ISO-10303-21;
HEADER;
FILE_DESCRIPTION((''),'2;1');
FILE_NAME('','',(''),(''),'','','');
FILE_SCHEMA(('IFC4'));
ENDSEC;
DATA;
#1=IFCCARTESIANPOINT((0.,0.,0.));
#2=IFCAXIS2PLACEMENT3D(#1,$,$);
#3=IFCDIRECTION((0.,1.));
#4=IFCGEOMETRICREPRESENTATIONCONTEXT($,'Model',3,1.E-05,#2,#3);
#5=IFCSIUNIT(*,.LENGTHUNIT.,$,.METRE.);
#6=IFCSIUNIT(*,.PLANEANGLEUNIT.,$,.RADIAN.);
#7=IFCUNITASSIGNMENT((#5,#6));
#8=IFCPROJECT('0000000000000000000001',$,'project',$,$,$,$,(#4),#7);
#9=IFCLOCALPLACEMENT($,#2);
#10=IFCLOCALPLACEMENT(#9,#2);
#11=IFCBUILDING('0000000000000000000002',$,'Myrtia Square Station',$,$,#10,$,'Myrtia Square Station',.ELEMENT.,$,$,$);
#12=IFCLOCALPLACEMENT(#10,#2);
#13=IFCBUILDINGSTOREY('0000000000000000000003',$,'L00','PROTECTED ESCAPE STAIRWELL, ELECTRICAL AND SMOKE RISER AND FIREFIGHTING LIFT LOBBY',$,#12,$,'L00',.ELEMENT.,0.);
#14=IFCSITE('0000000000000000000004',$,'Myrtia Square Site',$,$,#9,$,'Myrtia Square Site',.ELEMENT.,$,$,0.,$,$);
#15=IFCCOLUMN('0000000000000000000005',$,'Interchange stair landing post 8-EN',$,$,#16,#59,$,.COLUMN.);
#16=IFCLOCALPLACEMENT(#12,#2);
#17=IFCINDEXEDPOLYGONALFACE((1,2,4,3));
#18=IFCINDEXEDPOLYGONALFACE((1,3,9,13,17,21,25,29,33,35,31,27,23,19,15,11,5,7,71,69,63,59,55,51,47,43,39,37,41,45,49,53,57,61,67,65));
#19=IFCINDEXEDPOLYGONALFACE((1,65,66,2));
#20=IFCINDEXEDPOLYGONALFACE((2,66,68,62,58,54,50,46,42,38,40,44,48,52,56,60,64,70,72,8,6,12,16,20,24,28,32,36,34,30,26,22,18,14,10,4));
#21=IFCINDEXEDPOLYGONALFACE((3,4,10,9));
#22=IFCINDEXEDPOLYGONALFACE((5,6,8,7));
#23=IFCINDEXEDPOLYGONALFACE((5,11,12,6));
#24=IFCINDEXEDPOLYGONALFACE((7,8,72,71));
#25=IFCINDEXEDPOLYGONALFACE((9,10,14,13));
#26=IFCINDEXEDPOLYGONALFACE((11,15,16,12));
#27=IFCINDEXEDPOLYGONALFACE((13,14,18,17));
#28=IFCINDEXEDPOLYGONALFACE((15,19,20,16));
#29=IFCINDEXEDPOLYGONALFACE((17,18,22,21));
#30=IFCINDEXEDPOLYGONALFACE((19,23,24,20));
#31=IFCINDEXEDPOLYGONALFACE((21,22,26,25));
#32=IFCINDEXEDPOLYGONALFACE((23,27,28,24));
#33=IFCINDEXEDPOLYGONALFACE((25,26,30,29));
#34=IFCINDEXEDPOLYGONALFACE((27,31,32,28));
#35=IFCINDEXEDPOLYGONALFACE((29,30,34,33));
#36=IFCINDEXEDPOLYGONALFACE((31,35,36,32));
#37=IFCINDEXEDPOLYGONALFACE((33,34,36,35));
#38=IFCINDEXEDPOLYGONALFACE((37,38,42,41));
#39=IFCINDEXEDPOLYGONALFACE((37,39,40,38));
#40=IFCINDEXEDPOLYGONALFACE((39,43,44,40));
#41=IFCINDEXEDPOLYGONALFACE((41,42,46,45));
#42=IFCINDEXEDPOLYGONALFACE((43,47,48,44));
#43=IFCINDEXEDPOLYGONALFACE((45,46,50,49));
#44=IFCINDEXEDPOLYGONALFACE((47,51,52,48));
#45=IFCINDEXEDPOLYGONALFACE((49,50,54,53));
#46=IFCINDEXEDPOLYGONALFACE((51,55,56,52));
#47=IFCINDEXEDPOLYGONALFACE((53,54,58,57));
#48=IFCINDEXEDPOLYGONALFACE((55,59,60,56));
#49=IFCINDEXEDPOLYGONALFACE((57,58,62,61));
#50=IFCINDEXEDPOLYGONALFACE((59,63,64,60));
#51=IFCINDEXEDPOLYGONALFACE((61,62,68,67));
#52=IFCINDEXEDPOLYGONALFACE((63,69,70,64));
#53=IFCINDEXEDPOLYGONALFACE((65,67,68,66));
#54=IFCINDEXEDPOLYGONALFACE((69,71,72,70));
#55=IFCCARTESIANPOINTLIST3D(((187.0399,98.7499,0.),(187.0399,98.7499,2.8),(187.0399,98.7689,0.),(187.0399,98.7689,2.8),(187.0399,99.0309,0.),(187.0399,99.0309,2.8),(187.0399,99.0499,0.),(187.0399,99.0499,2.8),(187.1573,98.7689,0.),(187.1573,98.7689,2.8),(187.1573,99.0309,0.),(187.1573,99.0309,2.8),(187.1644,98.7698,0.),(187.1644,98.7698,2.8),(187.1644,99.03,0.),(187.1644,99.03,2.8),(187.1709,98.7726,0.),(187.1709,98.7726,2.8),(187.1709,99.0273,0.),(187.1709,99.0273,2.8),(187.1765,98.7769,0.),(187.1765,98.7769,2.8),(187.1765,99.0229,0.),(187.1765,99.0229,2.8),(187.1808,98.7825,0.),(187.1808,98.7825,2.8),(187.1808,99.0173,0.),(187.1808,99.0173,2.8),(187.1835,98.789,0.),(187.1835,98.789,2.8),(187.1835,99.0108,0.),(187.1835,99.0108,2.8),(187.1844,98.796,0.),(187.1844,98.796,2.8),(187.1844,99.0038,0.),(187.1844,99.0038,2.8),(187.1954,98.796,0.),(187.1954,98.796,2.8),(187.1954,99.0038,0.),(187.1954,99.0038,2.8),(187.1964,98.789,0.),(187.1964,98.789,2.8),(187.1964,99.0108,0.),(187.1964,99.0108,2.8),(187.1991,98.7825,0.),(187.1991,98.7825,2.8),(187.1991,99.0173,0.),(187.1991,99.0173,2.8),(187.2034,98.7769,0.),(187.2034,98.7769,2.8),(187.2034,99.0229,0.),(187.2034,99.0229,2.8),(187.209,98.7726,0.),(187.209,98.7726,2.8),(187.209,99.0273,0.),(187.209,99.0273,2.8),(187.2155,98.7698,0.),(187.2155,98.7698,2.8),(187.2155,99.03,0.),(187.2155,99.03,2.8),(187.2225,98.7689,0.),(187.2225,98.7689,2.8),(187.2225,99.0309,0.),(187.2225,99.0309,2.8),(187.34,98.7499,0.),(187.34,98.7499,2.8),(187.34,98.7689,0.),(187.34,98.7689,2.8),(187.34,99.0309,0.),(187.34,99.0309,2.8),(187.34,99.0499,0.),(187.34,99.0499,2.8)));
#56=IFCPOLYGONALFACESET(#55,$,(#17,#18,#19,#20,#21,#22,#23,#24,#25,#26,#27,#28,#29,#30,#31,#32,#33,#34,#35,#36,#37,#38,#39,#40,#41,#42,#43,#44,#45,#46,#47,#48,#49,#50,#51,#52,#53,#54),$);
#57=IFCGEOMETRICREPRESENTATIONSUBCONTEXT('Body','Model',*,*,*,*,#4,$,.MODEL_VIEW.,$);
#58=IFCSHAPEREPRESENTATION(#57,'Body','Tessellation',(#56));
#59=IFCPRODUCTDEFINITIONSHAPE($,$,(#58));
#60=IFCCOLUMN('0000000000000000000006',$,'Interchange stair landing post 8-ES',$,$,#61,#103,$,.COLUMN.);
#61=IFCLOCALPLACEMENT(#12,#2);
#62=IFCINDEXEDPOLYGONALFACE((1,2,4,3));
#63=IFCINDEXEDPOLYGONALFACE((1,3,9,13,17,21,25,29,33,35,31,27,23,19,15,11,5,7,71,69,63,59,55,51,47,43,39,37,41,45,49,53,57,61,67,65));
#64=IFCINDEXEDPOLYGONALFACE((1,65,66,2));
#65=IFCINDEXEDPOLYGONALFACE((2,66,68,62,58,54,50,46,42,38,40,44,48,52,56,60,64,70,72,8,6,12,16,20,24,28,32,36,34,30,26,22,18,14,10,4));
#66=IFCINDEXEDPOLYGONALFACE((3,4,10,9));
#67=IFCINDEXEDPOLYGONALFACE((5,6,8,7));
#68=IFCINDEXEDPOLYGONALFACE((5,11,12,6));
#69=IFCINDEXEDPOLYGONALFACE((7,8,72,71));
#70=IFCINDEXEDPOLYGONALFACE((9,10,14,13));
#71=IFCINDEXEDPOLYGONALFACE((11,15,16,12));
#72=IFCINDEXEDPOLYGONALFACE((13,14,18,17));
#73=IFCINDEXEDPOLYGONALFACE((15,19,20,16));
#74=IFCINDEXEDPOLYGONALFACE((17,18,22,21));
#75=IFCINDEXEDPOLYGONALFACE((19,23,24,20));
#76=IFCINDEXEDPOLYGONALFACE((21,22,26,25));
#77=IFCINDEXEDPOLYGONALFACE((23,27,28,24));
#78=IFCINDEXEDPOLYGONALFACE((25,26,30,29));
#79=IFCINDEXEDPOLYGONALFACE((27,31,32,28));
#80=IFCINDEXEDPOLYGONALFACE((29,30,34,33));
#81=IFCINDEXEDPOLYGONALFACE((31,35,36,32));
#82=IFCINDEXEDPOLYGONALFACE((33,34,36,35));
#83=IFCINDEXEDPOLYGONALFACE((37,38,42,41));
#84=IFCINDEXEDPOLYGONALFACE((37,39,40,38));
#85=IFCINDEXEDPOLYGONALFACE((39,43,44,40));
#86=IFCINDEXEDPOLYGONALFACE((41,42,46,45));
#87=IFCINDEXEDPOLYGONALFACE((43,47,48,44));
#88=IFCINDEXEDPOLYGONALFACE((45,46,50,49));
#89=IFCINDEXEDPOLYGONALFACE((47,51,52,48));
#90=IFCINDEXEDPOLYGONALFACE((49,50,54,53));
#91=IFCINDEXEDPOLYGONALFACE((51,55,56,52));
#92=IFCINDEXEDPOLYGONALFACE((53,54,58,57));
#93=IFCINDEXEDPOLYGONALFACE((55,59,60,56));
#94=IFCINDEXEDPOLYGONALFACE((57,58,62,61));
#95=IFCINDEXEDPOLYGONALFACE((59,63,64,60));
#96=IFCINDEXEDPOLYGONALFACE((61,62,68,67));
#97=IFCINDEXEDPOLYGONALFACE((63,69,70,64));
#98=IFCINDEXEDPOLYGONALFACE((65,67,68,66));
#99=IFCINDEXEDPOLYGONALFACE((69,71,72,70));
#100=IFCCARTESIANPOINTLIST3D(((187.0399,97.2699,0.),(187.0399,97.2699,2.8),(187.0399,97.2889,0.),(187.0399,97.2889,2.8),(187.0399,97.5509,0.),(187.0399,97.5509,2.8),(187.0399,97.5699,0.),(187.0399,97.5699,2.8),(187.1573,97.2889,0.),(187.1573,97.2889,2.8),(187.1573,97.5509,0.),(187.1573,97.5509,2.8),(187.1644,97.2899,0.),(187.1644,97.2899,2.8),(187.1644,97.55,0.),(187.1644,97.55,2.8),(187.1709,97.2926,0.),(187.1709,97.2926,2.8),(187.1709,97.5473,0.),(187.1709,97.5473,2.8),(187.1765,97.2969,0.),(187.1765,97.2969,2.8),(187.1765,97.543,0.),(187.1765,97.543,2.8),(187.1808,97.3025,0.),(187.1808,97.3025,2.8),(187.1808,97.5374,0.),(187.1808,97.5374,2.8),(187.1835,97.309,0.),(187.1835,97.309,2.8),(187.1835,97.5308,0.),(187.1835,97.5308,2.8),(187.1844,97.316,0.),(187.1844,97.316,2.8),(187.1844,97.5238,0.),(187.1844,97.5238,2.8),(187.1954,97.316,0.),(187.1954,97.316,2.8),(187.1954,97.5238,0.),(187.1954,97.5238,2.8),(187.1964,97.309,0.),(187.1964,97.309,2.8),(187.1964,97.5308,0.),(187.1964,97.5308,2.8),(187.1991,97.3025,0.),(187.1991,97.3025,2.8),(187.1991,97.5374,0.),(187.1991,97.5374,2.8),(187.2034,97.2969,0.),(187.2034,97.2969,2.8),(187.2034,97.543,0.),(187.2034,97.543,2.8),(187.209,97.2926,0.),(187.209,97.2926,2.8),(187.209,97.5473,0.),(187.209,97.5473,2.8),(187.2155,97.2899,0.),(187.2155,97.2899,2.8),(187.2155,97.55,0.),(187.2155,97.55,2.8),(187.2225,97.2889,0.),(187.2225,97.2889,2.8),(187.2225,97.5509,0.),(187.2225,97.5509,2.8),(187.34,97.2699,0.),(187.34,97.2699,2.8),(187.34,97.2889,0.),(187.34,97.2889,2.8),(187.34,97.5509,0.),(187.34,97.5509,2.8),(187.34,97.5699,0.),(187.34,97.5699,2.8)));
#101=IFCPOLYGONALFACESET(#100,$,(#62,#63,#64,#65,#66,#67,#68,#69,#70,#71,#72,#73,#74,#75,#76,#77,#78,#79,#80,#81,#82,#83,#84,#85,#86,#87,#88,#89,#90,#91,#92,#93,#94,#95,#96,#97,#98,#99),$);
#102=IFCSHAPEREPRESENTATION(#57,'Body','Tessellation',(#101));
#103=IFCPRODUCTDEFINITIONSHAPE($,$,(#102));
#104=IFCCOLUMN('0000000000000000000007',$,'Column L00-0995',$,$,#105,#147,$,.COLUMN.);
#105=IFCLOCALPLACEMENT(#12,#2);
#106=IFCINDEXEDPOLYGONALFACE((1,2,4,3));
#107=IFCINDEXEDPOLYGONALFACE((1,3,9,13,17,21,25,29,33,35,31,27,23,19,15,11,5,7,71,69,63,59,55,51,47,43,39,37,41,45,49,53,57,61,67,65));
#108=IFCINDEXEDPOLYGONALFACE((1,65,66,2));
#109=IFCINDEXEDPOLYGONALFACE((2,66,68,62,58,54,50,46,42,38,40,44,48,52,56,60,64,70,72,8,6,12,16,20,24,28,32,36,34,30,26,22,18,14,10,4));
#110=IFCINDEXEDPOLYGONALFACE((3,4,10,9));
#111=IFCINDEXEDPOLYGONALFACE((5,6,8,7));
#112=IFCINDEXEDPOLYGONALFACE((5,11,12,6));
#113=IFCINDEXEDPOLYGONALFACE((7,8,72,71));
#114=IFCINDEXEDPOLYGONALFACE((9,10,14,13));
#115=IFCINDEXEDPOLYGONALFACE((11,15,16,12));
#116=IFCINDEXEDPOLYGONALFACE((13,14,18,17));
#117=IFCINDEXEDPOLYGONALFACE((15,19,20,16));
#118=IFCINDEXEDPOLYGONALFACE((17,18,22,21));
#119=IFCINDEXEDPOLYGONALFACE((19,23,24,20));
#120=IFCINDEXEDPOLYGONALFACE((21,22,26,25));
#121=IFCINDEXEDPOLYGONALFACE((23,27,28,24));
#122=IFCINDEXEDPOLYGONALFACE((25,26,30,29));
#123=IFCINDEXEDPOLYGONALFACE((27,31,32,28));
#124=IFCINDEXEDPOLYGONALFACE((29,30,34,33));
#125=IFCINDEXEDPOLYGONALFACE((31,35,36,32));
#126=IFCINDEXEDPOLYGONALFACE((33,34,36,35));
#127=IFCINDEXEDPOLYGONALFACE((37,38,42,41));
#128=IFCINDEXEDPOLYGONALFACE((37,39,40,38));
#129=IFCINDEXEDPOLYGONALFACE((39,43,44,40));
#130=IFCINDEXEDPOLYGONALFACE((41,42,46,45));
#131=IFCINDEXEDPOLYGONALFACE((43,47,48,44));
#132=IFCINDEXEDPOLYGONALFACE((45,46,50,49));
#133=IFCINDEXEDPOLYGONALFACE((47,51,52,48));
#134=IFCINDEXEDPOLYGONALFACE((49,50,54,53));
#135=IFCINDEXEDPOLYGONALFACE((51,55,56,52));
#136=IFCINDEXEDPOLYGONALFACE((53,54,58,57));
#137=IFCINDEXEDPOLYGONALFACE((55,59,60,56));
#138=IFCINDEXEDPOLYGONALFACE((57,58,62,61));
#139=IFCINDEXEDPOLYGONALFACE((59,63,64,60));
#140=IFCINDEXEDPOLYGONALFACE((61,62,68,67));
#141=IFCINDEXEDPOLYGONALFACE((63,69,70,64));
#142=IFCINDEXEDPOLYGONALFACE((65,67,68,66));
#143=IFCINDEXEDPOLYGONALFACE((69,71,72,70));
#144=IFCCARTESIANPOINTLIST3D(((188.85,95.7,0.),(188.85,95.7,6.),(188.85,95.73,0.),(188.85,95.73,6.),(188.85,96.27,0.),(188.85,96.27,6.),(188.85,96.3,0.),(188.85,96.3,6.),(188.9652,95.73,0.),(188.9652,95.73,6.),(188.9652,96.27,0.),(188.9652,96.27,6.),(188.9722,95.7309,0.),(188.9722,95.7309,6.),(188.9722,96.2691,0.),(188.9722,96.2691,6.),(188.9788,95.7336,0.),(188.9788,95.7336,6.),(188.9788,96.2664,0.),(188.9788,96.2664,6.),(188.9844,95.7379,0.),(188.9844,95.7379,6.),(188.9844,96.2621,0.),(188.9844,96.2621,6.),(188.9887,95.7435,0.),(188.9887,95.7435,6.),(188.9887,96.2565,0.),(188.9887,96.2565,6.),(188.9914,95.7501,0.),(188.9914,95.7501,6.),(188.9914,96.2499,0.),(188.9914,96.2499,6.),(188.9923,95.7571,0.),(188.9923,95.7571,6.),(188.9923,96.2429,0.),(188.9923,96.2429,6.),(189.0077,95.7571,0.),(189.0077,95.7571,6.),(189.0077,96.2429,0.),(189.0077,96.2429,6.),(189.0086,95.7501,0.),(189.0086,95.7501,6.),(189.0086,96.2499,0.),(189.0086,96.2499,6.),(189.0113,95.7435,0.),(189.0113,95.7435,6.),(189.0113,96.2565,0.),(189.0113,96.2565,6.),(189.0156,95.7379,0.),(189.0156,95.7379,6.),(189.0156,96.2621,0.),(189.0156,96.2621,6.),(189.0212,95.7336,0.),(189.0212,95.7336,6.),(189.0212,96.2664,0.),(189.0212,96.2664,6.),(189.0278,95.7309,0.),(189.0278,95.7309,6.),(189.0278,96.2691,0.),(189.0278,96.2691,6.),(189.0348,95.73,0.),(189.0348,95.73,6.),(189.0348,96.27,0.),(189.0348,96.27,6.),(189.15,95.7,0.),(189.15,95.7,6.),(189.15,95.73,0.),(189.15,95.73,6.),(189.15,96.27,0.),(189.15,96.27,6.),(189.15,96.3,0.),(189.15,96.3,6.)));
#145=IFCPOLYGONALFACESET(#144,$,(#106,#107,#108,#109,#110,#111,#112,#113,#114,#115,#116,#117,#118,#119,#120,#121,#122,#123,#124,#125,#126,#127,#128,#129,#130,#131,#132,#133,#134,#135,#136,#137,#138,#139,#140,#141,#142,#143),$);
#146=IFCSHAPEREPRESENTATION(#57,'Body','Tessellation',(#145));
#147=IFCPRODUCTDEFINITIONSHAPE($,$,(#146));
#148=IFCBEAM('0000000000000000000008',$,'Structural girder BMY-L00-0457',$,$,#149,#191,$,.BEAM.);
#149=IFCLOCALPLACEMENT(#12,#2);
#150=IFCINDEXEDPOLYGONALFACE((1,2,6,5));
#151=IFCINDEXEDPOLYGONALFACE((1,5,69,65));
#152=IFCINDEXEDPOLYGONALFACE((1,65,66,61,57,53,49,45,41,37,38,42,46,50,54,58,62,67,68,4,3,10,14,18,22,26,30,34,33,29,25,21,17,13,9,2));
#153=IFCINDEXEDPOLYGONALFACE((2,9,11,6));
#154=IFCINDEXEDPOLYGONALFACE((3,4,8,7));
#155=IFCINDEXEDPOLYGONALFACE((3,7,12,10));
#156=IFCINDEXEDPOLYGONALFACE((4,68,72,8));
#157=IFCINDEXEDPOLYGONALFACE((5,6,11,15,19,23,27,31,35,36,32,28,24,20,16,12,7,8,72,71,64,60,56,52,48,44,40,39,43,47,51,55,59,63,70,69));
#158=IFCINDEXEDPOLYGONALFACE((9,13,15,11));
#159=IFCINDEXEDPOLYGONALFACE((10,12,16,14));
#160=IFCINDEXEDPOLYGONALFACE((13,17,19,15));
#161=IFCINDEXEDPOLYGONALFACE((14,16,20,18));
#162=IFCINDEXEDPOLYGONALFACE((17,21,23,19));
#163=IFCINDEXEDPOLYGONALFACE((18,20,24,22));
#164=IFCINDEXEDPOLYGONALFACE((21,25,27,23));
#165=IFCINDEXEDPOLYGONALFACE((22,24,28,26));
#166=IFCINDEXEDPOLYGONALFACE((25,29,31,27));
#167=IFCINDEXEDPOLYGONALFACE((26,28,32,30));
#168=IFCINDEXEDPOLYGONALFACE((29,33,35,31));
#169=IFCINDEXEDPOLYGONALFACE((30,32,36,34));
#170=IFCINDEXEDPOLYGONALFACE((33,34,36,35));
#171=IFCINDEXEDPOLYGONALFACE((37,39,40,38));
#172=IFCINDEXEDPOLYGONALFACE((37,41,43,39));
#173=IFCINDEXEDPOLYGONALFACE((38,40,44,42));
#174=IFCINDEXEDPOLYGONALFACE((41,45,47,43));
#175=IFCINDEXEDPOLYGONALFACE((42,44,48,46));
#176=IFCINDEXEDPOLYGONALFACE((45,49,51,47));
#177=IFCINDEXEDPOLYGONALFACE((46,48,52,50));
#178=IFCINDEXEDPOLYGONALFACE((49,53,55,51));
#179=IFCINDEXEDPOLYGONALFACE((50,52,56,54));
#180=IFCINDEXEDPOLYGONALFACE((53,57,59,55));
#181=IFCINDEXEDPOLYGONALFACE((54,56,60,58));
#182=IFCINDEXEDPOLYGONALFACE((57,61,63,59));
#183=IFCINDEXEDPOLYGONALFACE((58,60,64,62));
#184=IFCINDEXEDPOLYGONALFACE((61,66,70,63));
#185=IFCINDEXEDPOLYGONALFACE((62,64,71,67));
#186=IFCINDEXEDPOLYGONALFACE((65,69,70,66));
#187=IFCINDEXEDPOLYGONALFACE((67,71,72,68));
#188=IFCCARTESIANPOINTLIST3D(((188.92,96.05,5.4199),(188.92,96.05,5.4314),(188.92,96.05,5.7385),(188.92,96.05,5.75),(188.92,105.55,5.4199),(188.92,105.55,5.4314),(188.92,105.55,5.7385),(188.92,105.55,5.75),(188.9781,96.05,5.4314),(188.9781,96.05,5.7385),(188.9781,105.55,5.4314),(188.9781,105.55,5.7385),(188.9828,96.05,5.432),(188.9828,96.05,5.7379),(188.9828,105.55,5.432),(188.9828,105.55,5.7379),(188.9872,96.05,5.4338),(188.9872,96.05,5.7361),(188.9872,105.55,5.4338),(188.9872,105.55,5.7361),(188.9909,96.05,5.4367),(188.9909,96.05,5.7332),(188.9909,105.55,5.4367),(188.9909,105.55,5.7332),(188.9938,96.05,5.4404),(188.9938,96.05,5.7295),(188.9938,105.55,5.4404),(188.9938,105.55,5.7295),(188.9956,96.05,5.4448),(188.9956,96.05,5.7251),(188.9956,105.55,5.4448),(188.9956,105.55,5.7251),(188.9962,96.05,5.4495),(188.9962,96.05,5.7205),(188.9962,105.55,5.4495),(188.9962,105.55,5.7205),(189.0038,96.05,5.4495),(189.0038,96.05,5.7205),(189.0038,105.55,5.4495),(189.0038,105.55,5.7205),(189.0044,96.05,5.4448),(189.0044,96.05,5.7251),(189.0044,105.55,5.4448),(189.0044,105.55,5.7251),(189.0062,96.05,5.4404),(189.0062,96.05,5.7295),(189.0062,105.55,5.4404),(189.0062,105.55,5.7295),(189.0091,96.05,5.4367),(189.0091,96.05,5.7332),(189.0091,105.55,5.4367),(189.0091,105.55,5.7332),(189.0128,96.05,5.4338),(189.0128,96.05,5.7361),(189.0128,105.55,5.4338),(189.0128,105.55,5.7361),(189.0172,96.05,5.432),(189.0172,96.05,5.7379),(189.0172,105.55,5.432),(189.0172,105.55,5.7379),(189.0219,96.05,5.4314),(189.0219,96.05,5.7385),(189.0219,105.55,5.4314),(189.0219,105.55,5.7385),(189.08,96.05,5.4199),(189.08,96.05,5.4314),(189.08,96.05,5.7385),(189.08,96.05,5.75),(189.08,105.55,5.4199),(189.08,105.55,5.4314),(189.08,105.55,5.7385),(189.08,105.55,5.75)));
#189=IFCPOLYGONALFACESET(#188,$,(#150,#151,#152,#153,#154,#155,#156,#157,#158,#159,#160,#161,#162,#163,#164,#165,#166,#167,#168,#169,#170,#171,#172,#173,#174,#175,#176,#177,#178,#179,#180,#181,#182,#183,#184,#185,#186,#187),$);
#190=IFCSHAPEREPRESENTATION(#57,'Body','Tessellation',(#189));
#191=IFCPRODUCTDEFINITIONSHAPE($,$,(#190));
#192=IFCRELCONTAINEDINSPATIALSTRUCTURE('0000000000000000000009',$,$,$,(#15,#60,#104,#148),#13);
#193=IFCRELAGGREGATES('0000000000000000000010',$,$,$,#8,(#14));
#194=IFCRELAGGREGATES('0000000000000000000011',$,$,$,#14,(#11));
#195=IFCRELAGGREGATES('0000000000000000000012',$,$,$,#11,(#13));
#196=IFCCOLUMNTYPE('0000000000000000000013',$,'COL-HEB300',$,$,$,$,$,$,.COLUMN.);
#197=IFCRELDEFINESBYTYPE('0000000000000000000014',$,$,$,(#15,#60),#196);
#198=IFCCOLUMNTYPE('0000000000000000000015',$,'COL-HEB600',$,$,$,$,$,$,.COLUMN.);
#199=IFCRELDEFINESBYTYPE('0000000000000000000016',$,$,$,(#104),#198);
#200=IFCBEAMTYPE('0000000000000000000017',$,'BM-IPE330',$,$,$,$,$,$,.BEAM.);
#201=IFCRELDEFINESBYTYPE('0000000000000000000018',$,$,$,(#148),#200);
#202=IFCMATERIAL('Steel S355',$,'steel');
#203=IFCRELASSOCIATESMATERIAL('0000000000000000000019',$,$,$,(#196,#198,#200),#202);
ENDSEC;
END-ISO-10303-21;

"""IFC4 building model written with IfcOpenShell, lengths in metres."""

from ifc_helpers import new_model, si_unit, direction, frame, origin, origin_2d, place, context, subcontext, project, spatial, i_section, extrude, material, material_profile, profile_set, type_object, element, save


model = new_model("IFC4")

# Units and contexts
model_context = context("Model", 3, precision=1e-05, world=origin(), true_north=direction((0.0, 1.0)))
body_context = subcontext(model_context, "Body", "Model", "MODEL_VIEW")
ifc_project = project(units=[si_unit("LENGTHUNIT", "METRE"), si_unit("PLANEANGLEUNIT", "RADIAN")], contexts=[model_context])

# Site, building, storey
site_placement = place(None, origin())
site = spatial("IfcSite", under=ifc_project, at=site_placement, Name="Myrtia Square Site", LongName="Myrtia Square Site", CompositionType="ELEMENT", RefElevation=0.0)
building_placement = place(site_placement, origin())
building = spatial("IfcBuilding", under=site, at=building_placement, Name="Myrtia Square Station", LongName="Myrtia Square Station", CompositionType="ELEMENT")
storey_placement = place(building_placement, origin())
storey = spatial("IfcBuildingStorey", under=building, at=storey_placement, Name="L00", Description="PROTECTED ESCAPE STAIRWELL, ELECTRICAL AND SMOKE RISER AND FIREFIGHTING LIFT LOBBY", LongName="L00", CompositionType="ELEMENT", Elevation=0.0)

# Columns
ifc_material_1 = material(Name="Steel S355", Category="steel")
ifc_material_profile_1 = material_profile(ifc_material_1, i_section(OverallWidth=0.3, OverallDepth=0.3, WebThickness=0.011, FlangeThickness=0.019, FilletRadius=0.0271, at=origin_2d()), Name="HEB 300")
ifc_profile_set_1 = profile_set([ifc_material_profile_1], Name="Steel S355")
column_type_1 = type_object("IfcColumnType", Name="COL-HEB300", PredefinedType="COLUMN", material=ifc_profile_set_1)
for number, where, z_axis, x_axis, name in (
    (1, (187.1899, 98.8999, 0.0), (0.0, 0.0, 1.0), (1.0, 0.0, 0.0), "Interchange stair landing post 8-EN"),
    (2, (187.1899, 97.4199, 0.0), (0.0, 0.0, 1.0), (1.0, 0.0, 0.0), "Interchange stair landing post 8-ES"),
):
    element("IfcColumn", number, at=place(storey_placement, frame(where, z_axis=z_axis, x_axis=x_axis)), inside=storey, type_object=column_type_1, Name=name, PredefinedType="COLUMN", context=body_context, shape_type="SweptSolid", body=[
        extrude(i_section(OverallWidth=0.3, OverallDepth=0.3, WebThickness=0.011, FlangeThickness=0.019, FilletRadius=0.0271, at=origin_2d()), origin(), (0.0, 0.0, 1.0), 2.8),
    ])
ifc_material_profile_2 = material_profile(ifc_material_1, i_section(OverallWidth=0.3, OverallDepth=0.6001, WebThickness=0.0154, FlangeThickness=0.03, FilletRadius=0.0271, at=origin_2d()), Name="HEB 600")
ifc_profile_set_2 = profile_set([ifc_material_profile_2], Name="Steel S355")
column_type_2 = type_object("IfcColumnType", Name="COL-HEB600", PredefinedType="COLUMN", material=ifc_profile_set_2)
column_placement = place(storey_placement, frame((189.0, 96.0, 0.0), z_axis=(0.0, 0.0, 1.0), x_axis=(1.0, 0.0, 0.0)))
element("IfcColumn", 3, at=column_placement, inside=storey, type_object=column_type_2, Name="Column L00-0995", PredefinedType="COLUMN", context=body_context, shape_type="SweptSolid", body=[
    extrude(i_section(OverallWidth=0.3, OverallDepth=0.6001, WebThickness=0.0154, FlangeThickness=0.03, FilletRadius=0.0271, at=origin_2d()), origin(), (0.0, 0.0, 1.0), 6.0),
])

# Beam
ifc_material_profile_3 = material_profile(ifc_material_1, i_section(OverallWidth=0.1599, OverallDepth=0.3301, WebThickness=0.0076, FlangeThickness=0.0115, FilletRadius=0.0181, at=origin_2d()), Name="IPE 330")
ifc_profile_set_3 = profile_set([ifc_material_profile_3], Name="Steel S355")
beam_type = type_object("IfcBeamType", Name="BM-IPE330", PredefinedType="BEAM", material=ifc_profile_set_3)
beam_placement = place(storey_placement, frame((189.0, 96.05, 5.585), z_axis=(0.0, 1.0, 0.0), x_axis=(-1.0, 0.0, 0.0)))
element("IfcBeam", 4, at=beam_placement, inside=storey, type_object=beam_type, Name="Structural girder BMY-L00-0457", PredefinedType="BEAM", context=body_context, shape_type="SweptSolid", body=[
    extrude(i_section(OverallWidth=0.1599, OverallDepth=0.3301, WebThickness=0.0076, FlangeThickness=0.0115, FilletRadius=0.0181, at=origin_2d()), origin(), (0.0, 0.0, 1.0), 9.5),
])

save(model, "model.ifc")
